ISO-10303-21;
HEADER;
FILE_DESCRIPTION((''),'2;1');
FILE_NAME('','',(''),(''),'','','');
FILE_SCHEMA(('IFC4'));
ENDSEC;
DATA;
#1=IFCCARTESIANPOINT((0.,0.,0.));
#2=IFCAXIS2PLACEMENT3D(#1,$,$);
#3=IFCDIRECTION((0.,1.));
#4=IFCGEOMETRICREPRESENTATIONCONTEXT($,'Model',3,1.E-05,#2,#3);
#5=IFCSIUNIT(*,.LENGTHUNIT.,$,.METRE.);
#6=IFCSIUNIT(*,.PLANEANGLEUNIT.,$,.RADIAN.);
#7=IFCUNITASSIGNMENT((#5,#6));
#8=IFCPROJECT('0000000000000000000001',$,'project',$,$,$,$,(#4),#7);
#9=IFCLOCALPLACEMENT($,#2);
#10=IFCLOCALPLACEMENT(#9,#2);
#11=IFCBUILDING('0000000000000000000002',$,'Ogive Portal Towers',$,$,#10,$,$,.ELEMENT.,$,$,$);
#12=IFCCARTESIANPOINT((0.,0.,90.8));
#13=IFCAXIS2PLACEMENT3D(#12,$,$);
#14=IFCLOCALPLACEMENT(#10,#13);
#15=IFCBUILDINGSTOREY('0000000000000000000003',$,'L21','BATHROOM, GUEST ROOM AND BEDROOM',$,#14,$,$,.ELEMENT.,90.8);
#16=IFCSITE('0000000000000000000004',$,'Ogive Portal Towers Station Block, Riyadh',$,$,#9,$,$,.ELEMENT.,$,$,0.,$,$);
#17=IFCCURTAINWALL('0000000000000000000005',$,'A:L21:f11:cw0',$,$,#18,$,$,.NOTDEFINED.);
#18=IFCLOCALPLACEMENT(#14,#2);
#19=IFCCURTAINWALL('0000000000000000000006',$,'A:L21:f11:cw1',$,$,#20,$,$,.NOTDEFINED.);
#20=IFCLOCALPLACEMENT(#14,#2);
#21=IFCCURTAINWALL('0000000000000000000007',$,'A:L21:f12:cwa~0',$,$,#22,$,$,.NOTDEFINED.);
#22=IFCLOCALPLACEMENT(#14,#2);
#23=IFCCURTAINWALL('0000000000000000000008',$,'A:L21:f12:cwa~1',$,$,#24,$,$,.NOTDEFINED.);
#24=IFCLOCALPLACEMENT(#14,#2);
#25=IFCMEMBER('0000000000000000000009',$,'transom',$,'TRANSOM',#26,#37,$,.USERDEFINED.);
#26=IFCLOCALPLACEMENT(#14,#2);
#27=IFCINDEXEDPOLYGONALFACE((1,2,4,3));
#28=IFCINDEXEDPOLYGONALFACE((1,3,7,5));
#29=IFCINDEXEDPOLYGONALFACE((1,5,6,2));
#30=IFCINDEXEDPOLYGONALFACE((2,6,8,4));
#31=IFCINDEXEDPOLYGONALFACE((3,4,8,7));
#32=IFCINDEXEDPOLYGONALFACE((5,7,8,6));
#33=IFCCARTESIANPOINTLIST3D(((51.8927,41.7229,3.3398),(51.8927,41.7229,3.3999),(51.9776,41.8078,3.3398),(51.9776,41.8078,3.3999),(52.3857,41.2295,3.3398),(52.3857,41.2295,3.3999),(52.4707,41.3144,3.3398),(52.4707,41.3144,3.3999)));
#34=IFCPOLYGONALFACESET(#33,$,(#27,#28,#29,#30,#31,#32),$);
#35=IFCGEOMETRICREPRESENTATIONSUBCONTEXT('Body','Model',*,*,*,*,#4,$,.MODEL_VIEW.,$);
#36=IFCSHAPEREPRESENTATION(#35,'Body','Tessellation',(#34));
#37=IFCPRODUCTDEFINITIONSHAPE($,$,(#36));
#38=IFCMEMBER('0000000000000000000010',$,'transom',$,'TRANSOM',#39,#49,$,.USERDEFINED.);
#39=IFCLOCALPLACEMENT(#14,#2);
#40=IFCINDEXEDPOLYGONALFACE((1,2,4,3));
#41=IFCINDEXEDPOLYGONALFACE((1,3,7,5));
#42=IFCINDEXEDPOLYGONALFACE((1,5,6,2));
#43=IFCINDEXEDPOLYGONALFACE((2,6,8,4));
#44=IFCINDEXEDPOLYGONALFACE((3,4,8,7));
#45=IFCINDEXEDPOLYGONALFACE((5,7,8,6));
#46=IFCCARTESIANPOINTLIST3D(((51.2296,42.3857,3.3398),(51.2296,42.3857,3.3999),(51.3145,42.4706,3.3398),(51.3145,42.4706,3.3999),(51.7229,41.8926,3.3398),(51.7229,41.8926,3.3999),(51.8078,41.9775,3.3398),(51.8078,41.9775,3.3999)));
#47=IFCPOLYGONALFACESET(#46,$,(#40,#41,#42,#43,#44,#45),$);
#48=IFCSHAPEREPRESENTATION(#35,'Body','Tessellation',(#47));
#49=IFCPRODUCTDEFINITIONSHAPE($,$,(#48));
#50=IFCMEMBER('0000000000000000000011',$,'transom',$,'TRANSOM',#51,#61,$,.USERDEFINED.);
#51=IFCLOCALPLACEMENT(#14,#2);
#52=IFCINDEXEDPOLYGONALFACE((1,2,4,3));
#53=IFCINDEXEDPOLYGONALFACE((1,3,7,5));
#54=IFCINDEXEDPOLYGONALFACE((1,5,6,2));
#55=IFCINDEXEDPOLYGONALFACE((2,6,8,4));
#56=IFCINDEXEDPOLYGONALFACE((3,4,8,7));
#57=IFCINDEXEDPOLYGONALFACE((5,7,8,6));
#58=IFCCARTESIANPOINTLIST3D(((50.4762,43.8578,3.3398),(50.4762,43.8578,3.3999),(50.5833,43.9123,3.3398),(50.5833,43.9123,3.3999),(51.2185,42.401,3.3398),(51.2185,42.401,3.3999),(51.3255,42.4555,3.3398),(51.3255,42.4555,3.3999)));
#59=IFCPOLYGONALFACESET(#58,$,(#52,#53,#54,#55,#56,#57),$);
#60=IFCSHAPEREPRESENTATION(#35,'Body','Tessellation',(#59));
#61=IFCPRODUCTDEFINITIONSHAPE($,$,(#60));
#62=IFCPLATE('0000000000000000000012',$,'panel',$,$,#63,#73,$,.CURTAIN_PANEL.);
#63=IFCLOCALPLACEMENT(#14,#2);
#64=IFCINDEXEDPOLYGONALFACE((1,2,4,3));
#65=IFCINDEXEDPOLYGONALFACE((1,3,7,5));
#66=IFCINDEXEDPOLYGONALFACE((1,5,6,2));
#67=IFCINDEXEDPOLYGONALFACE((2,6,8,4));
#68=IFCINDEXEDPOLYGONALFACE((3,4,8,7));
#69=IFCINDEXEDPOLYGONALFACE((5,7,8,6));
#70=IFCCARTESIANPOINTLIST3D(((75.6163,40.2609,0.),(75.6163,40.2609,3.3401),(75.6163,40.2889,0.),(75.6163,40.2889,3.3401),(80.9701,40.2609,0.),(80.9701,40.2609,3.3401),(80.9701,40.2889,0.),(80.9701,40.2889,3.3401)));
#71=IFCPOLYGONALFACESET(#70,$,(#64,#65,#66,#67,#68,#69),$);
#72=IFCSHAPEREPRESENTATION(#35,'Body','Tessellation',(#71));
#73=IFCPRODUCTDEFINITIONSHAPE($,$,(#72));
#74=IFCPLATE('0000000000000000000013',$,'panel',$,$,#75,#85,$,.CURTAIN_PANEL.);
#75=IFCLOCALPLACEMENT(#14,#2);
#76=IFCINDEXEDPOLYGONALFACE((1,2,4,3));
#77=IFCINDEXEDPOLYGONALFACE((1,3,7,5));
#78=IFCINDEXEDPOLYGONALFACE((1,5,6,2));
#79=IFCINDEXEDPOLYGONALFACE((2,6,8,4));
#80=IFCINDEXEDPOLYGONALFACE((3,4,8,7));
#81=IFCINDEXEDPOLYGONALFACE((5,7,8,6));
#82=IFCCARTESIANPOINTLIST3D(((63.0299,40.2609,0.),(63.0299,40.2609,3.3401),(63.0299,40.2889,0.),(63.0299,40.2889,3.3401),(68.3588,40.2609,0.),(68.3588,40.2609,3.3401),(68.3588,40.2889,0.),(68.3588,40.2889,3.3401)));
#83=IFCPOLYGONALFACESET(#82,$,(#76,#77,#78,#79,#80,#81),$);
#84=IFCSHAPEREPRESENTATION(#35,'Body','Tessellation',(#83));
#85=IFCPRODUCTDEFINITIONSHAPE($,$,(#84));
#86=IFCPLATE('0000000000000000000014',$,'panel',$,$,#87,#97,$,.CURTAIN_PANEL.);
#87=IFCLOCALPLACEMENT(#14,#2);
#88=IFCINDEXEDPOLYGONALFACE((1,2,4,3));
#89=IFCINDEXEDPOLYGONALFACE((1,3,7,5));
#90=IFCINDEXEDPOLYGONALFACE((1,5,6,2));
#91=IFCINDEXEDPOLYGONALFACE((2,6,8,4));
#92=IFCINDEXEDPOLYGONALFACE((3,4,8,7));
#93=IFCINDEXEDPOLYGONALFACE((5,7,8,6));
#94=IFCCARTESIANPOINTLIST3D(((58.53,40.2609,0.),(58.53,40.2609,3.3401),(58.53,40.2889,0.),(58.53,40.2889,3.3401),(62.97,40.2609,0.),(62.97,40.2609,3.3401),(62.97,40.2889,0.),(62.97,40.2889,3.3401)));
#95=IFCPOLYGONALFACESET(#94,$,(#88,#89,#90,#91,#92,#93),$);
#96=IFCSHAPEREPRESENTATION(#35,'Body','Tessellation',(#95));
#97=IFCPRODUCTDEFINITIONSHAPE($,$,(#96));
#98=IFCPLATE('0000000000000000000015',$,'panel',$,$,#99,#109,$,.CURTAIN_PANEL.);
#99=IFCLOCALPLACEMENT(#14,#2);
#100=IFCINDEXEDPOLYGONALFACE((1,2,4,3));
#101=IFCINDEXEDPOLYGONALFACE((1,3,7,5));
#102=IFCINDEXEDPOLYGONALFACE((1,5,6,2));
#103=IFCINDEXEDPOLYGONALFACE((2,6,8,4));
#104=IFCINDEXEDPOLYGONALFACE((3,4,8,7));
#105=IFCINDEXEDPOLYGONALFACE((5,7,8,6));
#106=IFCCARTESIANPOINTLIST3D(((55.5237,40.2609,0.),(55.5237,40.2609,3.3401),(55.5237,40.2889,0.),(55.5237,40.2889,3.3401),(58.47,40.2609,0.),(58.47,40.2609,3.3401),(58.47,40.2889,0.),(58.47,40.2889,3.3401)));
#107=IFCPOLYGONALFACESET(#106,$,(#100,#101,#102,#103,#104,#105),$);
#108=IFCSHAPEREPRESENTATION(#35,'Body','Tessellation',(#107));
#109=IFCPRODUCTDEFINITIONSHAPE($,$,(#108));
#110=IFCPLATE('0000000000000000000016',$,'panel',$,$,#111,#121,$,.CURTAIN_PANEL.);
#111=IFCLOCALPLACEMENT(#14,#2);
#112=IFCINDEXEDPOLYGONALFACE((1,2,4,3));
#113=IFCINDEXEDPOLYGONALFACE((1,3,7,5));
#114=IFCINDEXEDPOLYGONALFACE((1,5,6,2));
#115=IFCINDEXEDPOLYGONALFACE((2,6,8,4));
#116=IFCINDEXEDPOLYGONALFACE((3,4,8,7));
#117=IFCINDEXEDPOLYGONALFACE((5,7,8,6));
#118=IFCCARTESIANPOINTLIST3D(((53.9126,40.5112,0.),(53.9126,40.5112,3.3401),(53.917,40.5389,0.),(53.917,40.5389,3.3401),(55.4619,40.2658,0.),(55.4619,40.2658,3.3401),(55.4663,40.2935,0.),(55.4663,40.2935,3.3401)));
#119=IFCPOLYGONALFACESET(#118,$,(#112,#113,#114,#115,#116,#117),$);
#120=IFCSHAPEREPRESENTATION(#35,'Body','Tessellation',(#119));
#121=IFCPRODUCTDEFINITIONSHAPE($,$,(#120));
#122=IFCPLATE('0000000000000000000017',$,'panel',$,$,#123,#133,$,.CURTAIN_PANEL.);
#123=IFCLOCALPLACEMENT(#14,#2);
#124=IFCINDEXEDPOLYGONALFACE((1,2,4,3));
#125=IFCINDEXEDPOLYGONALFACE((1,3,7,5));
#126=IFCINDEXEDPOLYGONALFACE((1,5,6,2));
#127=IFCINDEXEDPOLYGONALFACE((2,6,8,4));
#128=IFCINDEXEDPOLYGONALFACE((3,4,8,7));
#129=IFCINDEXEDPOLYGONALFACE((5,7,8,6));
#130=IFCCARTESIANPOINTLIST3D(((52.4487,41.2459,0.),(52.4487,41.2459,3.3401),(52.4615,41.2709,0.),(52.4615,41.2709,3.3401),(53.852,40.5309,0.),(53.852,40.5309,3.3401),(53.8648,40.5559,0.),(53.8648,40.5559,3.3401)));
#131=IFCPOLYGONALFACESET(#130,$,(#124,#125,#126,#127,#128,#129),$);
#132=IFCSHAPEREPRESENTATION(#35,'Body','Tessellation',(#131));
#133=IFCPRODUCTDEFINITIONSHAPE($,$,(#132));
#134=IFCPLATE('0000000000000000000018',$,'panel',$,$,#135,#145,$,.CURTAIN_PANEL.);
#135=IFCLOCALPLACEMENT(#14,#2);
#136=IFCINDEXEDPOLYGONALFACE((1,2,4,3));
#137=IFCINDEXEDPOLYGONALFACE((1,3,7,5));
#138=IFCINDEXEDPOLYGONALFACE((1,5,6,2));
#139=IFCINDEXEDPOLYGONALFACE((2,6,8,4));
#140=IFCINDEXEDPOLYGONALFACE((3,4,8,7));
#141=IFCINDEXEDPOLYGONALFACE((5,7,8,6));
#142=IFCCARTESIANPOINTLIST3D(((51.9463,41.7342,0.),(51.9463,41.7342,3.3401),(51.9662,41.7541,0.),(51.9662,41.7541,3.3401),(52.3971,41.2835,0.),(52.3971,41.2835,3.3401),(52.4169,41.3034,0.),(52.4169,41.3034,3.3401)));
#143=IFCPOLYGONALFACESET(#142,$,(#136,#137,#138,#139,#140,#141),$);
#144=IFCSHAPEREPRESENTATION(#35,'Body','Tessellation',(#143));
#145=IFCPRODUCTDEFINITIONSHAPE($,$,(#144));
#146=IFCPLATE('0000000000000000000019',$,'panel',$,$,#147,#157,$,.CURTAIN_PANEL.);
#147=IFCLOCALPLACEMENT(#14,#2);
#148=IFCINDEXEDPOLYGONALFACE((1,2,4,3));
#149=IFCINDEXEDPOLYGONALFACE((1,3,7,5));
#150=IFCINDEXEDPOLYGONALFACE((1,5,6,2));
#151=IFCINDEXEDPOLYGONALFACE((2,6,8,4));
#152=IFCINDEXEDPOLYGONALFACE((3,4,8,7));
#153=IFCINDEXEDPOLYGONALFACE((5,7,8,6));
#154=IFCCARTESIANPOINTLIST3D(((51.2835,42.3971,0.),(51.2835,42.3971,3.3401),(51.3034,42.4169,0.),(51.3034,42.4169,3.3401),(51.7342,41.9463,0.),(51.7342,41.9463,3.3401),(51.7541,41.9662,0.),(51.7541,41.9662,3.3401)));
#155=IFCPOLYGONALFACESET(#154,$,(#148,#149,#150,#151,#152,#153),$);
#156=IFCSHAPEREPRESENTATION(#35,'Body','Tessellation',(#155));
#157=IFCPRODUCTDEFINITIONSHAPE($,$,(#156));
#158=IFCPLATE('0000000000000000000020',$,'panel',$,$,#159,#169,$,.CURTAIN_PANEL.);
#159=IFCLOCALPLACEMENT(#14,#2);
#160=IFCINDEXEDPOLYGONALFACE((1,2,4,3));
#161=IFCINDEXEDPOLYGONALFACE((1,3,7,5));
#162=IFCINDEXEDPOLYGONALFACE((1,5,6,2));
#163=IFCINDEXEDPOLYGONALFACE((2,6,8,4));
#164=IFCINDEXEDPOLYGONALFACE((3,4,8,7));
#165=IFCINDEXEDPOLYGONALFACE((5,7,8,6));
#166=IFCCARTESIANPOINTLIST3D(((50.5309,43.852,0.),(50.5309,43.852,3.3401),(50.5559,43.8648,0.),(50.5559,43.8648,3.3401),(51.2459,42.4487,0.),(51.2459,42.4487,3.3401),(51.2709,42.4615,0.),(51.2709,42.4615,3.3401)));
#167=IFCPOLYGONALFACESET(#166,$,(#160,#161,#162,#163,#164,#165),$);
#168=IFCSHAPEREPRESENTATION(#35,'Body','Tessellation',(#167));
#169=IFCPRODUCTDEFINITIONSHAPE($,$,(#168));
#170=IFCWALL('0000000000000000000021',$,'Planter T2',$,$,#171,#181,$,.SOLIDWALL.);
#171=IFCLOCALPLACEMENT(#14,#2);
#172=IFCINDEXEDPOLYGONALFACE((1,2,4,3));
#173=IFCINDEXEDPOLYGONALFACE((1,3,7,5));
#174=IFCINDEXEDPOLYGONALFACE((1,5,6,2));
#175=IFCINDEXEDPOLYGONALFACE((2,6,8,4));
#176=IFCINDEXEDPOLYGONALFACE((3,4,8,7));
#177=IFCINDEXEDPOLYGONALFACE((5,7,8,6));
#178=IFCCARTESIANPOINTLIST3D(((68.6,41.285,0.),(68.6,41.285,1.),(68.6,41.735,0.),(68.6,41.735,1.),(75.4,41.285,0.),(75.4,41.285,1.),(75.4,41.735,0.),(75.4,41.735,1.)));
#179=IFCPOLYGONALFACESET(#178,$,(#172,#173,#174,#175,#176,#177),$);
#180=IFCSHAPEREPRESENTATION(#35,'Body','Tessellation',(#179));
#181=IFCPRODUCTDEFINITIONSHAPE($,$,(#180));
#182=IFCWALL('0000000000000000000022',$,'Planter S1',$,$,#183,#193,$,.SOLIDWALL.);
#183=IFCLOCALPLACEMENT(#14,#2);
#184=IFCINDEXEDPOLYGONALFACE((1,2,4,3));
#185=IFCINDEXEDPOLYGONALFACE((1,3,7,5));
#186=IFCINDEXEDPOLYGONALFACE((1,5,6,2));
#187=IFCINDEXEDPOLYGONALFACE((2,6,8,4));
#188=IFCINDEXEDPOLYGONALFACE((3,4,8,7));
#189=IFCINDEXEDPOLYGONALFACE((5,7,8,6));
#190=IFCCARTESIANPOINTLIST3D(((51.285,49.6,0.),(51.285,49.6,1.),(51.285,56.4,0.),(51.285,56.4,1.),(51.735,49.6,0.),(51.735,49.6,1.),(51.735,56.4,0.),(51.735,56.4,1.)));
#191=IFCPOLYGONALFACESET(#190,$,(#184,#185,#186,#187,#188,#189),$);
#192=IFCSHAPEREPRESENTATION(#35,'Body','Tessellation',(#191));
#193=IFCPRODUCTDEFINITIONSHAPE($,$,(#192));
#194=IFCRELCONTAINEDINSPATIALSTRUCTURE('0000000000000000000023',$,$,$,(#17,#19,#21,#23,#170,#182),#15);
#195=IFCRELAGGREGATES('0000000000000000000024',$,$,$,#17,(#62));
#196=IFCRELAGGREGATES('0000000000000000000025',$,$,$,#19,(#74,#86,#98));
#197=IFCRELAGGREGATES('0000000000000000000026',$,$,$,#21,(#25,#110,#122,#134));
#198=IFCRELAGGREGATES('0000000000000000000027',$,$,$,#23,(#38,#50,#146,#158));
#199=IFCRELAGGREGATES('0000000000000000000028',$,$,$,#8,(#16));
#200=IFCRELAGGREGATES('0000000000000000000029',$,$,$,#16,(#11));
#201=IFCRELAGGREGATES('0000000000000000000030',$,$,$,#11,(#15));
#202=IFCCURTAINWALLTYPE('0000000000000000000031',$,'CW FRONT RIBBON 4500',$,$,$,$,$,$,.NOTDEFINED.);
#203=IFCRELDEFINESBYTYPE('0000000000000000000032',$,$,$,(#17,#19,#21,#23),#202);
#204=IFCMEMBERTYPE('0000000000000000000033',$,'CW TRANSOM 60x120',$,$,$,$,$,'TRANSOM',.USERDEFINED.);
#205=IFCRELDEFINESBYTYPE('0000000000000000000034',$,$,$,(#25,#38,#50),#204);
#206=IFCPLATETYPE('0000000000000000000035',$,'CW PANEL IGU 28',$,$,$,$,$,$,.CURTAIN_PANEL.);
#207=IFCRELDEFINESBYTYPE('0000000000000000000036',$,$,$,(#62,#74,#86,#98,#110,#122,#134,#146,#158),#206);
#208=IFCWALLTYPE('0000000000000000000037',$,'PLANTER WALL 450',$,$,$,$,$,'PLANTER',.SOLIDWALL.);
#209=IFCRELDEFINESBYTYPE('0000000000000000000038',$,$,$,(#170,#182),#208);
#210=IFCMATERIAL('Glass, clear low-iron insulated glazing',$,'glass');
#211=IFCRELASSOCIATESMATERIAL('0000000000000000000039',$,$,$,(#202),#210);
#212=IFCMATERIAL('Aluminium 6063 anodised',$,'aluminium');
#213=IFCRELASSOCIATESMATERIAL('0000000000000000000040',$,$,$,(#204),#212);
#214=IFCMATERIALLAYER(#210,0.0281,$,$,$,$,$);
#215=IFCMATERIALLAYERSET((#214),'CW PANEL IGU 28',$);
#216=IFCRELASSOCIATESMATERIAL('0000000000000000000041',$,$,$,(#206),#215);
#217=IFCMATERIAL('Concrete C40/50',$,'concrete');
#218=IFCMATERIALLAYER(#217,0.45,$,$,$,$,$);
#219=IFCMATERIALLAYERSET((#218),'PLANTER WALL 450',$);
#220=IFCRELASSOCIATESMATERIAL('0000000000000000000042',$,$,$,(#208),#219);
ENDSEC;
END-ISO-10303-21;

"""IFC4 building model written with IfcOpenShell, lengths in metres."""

from ifc_helpers import new_model, si_unit, direction, frame, origin, origin_2d, place, context, subcontext, project, spatial, rectangle, extrude, material, layer, layer_set, material_profile, profile_set, type_object, element, aggregate, save


model = new_model("IFC4")

# Units and contexts
model_context = context("Model", 3, precision=1e-05, world=origin(), true_north=direction((0.0, 1.0)))
body_context = subcontext(model_context, "Body", "Model", "MODEL_VIEW")
ifc_project = project(units=[si_unit("LENGTHUNIT", "METRE"), si_unit("PLANEANGLEUNIT", "RADIAN")], contexts=[model_context])

# Site, building, storey
site_placement = place(None, origin())
site = spatial("IfcSite", under=ifc_project, at=site_placement, Name="Ogive Portal Towers Station Block, Riyadh", CompositionType="ELEMENT", RefElevation=0.0)
building_placement = place(site_placement, origin())
building = spatial("IfcBuilding", under=site, at=building_placement, Name="Ogive Portal Towers", CompositionType="ELEMENT")
storey_placement = place(building_placement, frame((0.0, 0.0, 90.8)))
storey = spatial("IfcBuildingStorey", under=building, at=storey_placement, Name="L21", Description="BATHROOM, GUEST ROOM AND BEDROOM", CompositionType="ELEMENT", Elevation=90.8)

# Curtain walls
ifc_material_1 = material(Name="Glass, clear low-iron insulated glazing", Category="glass")
curtain_wall_type = type_object("IfcCurtainWallType", Name="CW FRONT RIBBON 4500", PredefinedType="NOTDEFINED", material=ifc_material_1)
curtain_wall_1_placement = place(storey_placement, origin())
curtain_wall_1 = element("IfcCurtainWall", 1, at=curtain_wall_1_placement, inside=storey, type_object=curtain_wall_type, Name="A:L21:f11:cw0", PredefinedType="NOTDEFINED")
ifc_material_2 = material(Name="Aluminium 6063 anodised", Category="aluminium")
curtain_wall_2_placement = place(storey_placement, origin())
curtain_wall_2 = element("IfcCurtainWall", 2, at=curtain_wall_2_placement, inside=storey, type_object=curtain_wall_type, Name="A:L21:f11:cw1", PredefinedType="NOTDEFINED")
curtain_wall_3_placement = place(storey_placement, origin())
curtain_wall_3 = element("IfcCurtainWall", 3, at=curtain_wall_3_placement, inside=storey, type_object=curtain_wall_type, Name="A:L21:f12:cwa~0", PredefinedType="NOTDEFINED")
curtain_wall_4_placement = place(storey_placement, origin())
curtain_wall_4 = element("IfcCurtainWall", 4, at=curtain_wall_4_placement, inside=storey, type_object=curtain_wall_type, Name="A:L21:f12:cwa~1", PredefinedType="NOTDEFINED")

# Members
ifc_material_profile_1 = material_profile(ifc_material_2, rectangle(XDim=0.1201, YDim=0.0601, at=origin_2d()), Name="AL 120x60")
ifc_profile_set_1 = profile_set([ifc_material_profile_1], Name="Aluminium 6063 anodised")
member_type_1 = type_object("IfcMemberType", Name="CW TRANSOM 60x120", ElementType="TRANSOM", PredefinedType="USERDEFINED", material=ifc_profile_set_1)
member_1_placement = place(storey_placement, frame((52.4282, 41.272, 3.3699), z_axis=(-0.706932, 0.707282, 0.0), x_axis=(-0.707282, -0.706932, 0.0)))
member_1 = element("IfcMember", 5, at=member_1_placement, type_object=member_type_1, Name="transom", ObjectType="TRANSOM", PredefinedType="USERDEFINED", context=body_context, shape_type="SweptSolid", body=[
    extrude(rectangle(XDim=0.1201, YDim=0.0601, at=origin_2d()), origin(), (0.0, 0.0, 1.0), 0.6975),
])
member_2_placement = place(storey_placement, frame((51.7654, 41.9351, 3.3699), z_axis=(-0.707282, 0.706932, 0.0), x_axis=(-0.706932, -0.707282, 0.0)))
member_2 = element("IfcMember", 6, at=member_2_placement, type_object=member_type_1, Name="transom", ObjectType="TRANSOM", PredefinedType="USERDEFINED", context=body_context, shape_type="SweptSolid", body=[
    extrude(rectangle(XDim=0.1201, YDim=0.0601, at=origin_2d()), origin(), (0.0, 0.0, 1.0), 0.6975),
])
member_3_placement = place(storey_placement, frame((51.272, 42.4282, 3.3699), z_axis=(-0.45395, 0.891027, 0.0), x_axis=(-0.891027, -0.45395, 0.0)))
member_3 = element("IfcMember", 7, at=member_3_placement, type_object=member_type_1, Name="transom", ObjectType="TRANSOM", PredefinedType="USERDEFINED", context=body_context, shape_type="SweptSolid", body=[
    extrude(rectangle(XDim=0.1201, YDim=0.0601, at=origin_2d()), origin(), (0.0, 0.0, 1.0), 1.635),
])

# Plates
ifc_layer_1 = layer(ifc_material_1, 0.0281)
ifc_layer_set_1 = layer_set([ifc_layer_1], Name="CW PANEL IGU 28")
plate_type = type_object("IfcPlateType", Name="CW PANEL IGU 28", PredefinedType="CURTAIN_PANEL", material=ifc_layer_set_1)
plate_1_placement = place(storey_placement, frame((78.2932, 40.2749, 0.0), z_axis=(0.0, 0.0, 1.0), x_axis=(-1.0, 0.0, 0.0)))
plate_1 = element("IfcPlate", 8, at=plate_1_placement, type_object=plate_type, Name="panel", PredefinedType="CURTAIN_PANEL", context=body_context, shape_type="SweptSolid", body=[
    extrude(rectangle(XDim=5.3538, YDim=0.0281, at=origin_2d()), origin(), (0.0, 0.0, 1.0), 3.3401),
])
aggregate(curtain_wall_1, [plate_1])
plate_2_placement = place(storey_placement, frame((65.6943, 40.2749, 0.0), z_axis=(0.0, 0.0, 1.0), x_axis=(-1.0, 0.0, 0.0)))
plate_2 = element("IfcPlate", 9, at=plate_2_placement, type_object=plate_type, Name="panel", PredefinedType="CURTAIN_PANEL", context=body_context, shape_type="SweptSolid", body=[
    extrude(rectangle(XDim=5.3289, YDim=0.0281, at=origin_2d()), origin(), (0.0, 0.0, 1.0), 3.3401),
])
plate_3_placement = place(storey_placement, frame((60.75, 40.2749, 0.0), z_axis=(0.0, 0.0, 1.0), x_axis=(-1.0, 0.0, 0.0)))
plate_3 = element("IfcPlate", 10, at=plate_3_placement, type_object=plate_type, Name="panel", PredefinedType="CURTAIN_PANEL", context=body_context, shape_type="SweptSolid", body=[
    extrude(rectangle(XDim=4.4399, YDim=0.0281, at=origin_2d()), origin(), (0.0, 0.0, 1.0), 3.3401),
])
plate_4_placement = place(storey_placement, frame((56.9968, 40.2749, 0.0), z_axis=(0.0, 0.0, 1.0), x_axis=(-1.0, 0.0, 0.0)))
plate_4 = element("IfcPlate", 11, at=plate_4_placement, type_object=plate_type, Name="panel", PredefinedType="CURTAIN_PANEL", context=body_context, shape_type="SweptSolid", body=[
    extrude(rectangle(XDim=2.9463, YDim=0.0281, at=origin_2d()), origin(), (0.0, 0.0, 1.0), 3.3401),
])
aggregate(curtain_wall_2, [plate_2, plate_3, plate_4])
plate_5_placement = place(storey_placement, frame((54.6895, 40.4023, 0.0), z_axis=(0.0, 0.0, 1.0), x_axis=(-0.987688, 0.156434, 0.0)))
plate_5 = element("IfcPlate", 12, at=plate_5_placement, type_object=plate_type, Name="panel", PredefinedType="CURTAIN_PANEL", context=body_context, shape_type="SweptSolid", body=[
    extrude(rectangle(XDim=1.5686, YDim=0.0281, at=origin_2d()), origin(), (0.0, 0.0, 1.0), 3.3401),
])
plate_6_placement = place(storey_placement, frame((53.1567, 40.9009, 0.0), z_axis=(0.0, 0.0, 1.0), x_axis=(-0.891007, 0.45399, 0.0)))
plate_6 = element("IfcPlate", 13, at=plate_6_placement, type_object=plate_type, Name="panel", PredefinedType="CURTAIN_PANEL", context=body_context, shape_type="SweptSolid", body=[
    extrude(rectangle(XDim=1.575, YDim=0.0281, at=origin_2d()), origin(), (0.0, 0.0, 1.0), 3.3401),
])
plate_7_placement = place(storey_placement, frame((52.1816, 41.5188, 0.0), z_axis=(0.0, 0.0, 1.0), x_axis=(-0.707107, 0.707107, 0.0)))
plate_7 = element("IfcPlate", 14, at=plate_7_placement, type_object=plate_type, Name="panel", PredefinedType="CURTAIN_PANEL", context=body_context, shape_type="SweptSolid", body=[
    extrude(rectangle(XDim=0.6375, YDim=0.0281, at=origin_2d()), origin(), (0.0, 0.0, 1.0), 3.3401),
])
aggregate(curtain_wall_3, [member_1, plate_5, plate_6, plate_7])
plate_8_placement = place(storey_placement, frame((51.5188, 42.1816, 0.0), z_axis=(0.0, 0.0, 1.0), x_axis=(-0.707107, 0.707107, 0.0)))
plate_8 = element("IfcPlate", 15, at=plate_8_placement, type_object=plate_type, Name="panel", PredefinedType="CURTAIN_PANEL", context=body_context, shape_type="SweptSolid", body=[
    extrude(rectangle(XDim=0.6375, YDim=0.0281, at=origin_2d()), origin(), (0.0, 0.0, 1.0), 3.3401),
])
plate_9_placement = place(storey_placement, frame((50.9009, 43.1567, 0.0), z_axis=(0.0, 0.0, 1.0), x_axis=(-0.45399, 0.891007, 0.0)))
plate_9 = element("IfcPlate", 16, at=plate_9_placement, type_object=plate_type, Name="panel", PredefinedType="CURTAIN_PANEL", context=body_context, shape_type="SweptSolid", body=[
    extrude(rectangle(XDim=1.575, YDim=0.0281, at=origin_2d()), origin(), (0.0, 0.0, 1.0), 3.3401),
])
aggregate(curtain_wall_4, [member_2, member_3, plate_8, plate_9])

# Walls
ifc_material_3 = material(Name="Concrete C40/50", Category="concrete")
ifc_layer_2 = layer(ifc_material_3, 0.45)
ifc_layer_set_2 = layer_set([ifc_layer_2], Name="PLANTER WALL 450")
wall_type = type_object("IfcWallType", Name="PLANTER WALL 450", ElementType="PLANTER", PredefinedType="SOLIDWALL", material=ifc_layer_set_2)
wall_1_placement = place(storey_placement, frame((72.0, 41.51, 0.0), z_axis=(0.0, 0.0, 1.0), x_axis=(1.0, 0.0, 0.0)))
element("IfcWall", 17, at=wall_1_placement, inside=storey, type_object=wall_type, Name="Planter T2", PredefinedType="SOLIDWALL", context=body_context, shape_type="SweptSolid", body=[
    extrude(rectangle(XDim=6.8, YDim=0.45, at=origin_2d()), origin(), (0.0, 0.0, 1.0), 1.0),
])
wall_2_placement = place(storey_placement, frame((51.51, 53.0, 0.0), z_axis=(0.0, 0.0, 1.0), x_axis=(1.0, 0.0, 0.0)))
element("IfcWall", 18, at=wall_2_placement, inside=storey, type_object=wall_type, Name="Planter S1", PredefinedType="SOLIDWALL", context=body_context, shape_type="SweptSolid", body=[
    extrude(rectangle(XDim=0.45, YDim=6.8, at=origin_2d()), origin(), (0.0, 0.0, 1.0), 1.0),
])

save(model, "model.ifc")
